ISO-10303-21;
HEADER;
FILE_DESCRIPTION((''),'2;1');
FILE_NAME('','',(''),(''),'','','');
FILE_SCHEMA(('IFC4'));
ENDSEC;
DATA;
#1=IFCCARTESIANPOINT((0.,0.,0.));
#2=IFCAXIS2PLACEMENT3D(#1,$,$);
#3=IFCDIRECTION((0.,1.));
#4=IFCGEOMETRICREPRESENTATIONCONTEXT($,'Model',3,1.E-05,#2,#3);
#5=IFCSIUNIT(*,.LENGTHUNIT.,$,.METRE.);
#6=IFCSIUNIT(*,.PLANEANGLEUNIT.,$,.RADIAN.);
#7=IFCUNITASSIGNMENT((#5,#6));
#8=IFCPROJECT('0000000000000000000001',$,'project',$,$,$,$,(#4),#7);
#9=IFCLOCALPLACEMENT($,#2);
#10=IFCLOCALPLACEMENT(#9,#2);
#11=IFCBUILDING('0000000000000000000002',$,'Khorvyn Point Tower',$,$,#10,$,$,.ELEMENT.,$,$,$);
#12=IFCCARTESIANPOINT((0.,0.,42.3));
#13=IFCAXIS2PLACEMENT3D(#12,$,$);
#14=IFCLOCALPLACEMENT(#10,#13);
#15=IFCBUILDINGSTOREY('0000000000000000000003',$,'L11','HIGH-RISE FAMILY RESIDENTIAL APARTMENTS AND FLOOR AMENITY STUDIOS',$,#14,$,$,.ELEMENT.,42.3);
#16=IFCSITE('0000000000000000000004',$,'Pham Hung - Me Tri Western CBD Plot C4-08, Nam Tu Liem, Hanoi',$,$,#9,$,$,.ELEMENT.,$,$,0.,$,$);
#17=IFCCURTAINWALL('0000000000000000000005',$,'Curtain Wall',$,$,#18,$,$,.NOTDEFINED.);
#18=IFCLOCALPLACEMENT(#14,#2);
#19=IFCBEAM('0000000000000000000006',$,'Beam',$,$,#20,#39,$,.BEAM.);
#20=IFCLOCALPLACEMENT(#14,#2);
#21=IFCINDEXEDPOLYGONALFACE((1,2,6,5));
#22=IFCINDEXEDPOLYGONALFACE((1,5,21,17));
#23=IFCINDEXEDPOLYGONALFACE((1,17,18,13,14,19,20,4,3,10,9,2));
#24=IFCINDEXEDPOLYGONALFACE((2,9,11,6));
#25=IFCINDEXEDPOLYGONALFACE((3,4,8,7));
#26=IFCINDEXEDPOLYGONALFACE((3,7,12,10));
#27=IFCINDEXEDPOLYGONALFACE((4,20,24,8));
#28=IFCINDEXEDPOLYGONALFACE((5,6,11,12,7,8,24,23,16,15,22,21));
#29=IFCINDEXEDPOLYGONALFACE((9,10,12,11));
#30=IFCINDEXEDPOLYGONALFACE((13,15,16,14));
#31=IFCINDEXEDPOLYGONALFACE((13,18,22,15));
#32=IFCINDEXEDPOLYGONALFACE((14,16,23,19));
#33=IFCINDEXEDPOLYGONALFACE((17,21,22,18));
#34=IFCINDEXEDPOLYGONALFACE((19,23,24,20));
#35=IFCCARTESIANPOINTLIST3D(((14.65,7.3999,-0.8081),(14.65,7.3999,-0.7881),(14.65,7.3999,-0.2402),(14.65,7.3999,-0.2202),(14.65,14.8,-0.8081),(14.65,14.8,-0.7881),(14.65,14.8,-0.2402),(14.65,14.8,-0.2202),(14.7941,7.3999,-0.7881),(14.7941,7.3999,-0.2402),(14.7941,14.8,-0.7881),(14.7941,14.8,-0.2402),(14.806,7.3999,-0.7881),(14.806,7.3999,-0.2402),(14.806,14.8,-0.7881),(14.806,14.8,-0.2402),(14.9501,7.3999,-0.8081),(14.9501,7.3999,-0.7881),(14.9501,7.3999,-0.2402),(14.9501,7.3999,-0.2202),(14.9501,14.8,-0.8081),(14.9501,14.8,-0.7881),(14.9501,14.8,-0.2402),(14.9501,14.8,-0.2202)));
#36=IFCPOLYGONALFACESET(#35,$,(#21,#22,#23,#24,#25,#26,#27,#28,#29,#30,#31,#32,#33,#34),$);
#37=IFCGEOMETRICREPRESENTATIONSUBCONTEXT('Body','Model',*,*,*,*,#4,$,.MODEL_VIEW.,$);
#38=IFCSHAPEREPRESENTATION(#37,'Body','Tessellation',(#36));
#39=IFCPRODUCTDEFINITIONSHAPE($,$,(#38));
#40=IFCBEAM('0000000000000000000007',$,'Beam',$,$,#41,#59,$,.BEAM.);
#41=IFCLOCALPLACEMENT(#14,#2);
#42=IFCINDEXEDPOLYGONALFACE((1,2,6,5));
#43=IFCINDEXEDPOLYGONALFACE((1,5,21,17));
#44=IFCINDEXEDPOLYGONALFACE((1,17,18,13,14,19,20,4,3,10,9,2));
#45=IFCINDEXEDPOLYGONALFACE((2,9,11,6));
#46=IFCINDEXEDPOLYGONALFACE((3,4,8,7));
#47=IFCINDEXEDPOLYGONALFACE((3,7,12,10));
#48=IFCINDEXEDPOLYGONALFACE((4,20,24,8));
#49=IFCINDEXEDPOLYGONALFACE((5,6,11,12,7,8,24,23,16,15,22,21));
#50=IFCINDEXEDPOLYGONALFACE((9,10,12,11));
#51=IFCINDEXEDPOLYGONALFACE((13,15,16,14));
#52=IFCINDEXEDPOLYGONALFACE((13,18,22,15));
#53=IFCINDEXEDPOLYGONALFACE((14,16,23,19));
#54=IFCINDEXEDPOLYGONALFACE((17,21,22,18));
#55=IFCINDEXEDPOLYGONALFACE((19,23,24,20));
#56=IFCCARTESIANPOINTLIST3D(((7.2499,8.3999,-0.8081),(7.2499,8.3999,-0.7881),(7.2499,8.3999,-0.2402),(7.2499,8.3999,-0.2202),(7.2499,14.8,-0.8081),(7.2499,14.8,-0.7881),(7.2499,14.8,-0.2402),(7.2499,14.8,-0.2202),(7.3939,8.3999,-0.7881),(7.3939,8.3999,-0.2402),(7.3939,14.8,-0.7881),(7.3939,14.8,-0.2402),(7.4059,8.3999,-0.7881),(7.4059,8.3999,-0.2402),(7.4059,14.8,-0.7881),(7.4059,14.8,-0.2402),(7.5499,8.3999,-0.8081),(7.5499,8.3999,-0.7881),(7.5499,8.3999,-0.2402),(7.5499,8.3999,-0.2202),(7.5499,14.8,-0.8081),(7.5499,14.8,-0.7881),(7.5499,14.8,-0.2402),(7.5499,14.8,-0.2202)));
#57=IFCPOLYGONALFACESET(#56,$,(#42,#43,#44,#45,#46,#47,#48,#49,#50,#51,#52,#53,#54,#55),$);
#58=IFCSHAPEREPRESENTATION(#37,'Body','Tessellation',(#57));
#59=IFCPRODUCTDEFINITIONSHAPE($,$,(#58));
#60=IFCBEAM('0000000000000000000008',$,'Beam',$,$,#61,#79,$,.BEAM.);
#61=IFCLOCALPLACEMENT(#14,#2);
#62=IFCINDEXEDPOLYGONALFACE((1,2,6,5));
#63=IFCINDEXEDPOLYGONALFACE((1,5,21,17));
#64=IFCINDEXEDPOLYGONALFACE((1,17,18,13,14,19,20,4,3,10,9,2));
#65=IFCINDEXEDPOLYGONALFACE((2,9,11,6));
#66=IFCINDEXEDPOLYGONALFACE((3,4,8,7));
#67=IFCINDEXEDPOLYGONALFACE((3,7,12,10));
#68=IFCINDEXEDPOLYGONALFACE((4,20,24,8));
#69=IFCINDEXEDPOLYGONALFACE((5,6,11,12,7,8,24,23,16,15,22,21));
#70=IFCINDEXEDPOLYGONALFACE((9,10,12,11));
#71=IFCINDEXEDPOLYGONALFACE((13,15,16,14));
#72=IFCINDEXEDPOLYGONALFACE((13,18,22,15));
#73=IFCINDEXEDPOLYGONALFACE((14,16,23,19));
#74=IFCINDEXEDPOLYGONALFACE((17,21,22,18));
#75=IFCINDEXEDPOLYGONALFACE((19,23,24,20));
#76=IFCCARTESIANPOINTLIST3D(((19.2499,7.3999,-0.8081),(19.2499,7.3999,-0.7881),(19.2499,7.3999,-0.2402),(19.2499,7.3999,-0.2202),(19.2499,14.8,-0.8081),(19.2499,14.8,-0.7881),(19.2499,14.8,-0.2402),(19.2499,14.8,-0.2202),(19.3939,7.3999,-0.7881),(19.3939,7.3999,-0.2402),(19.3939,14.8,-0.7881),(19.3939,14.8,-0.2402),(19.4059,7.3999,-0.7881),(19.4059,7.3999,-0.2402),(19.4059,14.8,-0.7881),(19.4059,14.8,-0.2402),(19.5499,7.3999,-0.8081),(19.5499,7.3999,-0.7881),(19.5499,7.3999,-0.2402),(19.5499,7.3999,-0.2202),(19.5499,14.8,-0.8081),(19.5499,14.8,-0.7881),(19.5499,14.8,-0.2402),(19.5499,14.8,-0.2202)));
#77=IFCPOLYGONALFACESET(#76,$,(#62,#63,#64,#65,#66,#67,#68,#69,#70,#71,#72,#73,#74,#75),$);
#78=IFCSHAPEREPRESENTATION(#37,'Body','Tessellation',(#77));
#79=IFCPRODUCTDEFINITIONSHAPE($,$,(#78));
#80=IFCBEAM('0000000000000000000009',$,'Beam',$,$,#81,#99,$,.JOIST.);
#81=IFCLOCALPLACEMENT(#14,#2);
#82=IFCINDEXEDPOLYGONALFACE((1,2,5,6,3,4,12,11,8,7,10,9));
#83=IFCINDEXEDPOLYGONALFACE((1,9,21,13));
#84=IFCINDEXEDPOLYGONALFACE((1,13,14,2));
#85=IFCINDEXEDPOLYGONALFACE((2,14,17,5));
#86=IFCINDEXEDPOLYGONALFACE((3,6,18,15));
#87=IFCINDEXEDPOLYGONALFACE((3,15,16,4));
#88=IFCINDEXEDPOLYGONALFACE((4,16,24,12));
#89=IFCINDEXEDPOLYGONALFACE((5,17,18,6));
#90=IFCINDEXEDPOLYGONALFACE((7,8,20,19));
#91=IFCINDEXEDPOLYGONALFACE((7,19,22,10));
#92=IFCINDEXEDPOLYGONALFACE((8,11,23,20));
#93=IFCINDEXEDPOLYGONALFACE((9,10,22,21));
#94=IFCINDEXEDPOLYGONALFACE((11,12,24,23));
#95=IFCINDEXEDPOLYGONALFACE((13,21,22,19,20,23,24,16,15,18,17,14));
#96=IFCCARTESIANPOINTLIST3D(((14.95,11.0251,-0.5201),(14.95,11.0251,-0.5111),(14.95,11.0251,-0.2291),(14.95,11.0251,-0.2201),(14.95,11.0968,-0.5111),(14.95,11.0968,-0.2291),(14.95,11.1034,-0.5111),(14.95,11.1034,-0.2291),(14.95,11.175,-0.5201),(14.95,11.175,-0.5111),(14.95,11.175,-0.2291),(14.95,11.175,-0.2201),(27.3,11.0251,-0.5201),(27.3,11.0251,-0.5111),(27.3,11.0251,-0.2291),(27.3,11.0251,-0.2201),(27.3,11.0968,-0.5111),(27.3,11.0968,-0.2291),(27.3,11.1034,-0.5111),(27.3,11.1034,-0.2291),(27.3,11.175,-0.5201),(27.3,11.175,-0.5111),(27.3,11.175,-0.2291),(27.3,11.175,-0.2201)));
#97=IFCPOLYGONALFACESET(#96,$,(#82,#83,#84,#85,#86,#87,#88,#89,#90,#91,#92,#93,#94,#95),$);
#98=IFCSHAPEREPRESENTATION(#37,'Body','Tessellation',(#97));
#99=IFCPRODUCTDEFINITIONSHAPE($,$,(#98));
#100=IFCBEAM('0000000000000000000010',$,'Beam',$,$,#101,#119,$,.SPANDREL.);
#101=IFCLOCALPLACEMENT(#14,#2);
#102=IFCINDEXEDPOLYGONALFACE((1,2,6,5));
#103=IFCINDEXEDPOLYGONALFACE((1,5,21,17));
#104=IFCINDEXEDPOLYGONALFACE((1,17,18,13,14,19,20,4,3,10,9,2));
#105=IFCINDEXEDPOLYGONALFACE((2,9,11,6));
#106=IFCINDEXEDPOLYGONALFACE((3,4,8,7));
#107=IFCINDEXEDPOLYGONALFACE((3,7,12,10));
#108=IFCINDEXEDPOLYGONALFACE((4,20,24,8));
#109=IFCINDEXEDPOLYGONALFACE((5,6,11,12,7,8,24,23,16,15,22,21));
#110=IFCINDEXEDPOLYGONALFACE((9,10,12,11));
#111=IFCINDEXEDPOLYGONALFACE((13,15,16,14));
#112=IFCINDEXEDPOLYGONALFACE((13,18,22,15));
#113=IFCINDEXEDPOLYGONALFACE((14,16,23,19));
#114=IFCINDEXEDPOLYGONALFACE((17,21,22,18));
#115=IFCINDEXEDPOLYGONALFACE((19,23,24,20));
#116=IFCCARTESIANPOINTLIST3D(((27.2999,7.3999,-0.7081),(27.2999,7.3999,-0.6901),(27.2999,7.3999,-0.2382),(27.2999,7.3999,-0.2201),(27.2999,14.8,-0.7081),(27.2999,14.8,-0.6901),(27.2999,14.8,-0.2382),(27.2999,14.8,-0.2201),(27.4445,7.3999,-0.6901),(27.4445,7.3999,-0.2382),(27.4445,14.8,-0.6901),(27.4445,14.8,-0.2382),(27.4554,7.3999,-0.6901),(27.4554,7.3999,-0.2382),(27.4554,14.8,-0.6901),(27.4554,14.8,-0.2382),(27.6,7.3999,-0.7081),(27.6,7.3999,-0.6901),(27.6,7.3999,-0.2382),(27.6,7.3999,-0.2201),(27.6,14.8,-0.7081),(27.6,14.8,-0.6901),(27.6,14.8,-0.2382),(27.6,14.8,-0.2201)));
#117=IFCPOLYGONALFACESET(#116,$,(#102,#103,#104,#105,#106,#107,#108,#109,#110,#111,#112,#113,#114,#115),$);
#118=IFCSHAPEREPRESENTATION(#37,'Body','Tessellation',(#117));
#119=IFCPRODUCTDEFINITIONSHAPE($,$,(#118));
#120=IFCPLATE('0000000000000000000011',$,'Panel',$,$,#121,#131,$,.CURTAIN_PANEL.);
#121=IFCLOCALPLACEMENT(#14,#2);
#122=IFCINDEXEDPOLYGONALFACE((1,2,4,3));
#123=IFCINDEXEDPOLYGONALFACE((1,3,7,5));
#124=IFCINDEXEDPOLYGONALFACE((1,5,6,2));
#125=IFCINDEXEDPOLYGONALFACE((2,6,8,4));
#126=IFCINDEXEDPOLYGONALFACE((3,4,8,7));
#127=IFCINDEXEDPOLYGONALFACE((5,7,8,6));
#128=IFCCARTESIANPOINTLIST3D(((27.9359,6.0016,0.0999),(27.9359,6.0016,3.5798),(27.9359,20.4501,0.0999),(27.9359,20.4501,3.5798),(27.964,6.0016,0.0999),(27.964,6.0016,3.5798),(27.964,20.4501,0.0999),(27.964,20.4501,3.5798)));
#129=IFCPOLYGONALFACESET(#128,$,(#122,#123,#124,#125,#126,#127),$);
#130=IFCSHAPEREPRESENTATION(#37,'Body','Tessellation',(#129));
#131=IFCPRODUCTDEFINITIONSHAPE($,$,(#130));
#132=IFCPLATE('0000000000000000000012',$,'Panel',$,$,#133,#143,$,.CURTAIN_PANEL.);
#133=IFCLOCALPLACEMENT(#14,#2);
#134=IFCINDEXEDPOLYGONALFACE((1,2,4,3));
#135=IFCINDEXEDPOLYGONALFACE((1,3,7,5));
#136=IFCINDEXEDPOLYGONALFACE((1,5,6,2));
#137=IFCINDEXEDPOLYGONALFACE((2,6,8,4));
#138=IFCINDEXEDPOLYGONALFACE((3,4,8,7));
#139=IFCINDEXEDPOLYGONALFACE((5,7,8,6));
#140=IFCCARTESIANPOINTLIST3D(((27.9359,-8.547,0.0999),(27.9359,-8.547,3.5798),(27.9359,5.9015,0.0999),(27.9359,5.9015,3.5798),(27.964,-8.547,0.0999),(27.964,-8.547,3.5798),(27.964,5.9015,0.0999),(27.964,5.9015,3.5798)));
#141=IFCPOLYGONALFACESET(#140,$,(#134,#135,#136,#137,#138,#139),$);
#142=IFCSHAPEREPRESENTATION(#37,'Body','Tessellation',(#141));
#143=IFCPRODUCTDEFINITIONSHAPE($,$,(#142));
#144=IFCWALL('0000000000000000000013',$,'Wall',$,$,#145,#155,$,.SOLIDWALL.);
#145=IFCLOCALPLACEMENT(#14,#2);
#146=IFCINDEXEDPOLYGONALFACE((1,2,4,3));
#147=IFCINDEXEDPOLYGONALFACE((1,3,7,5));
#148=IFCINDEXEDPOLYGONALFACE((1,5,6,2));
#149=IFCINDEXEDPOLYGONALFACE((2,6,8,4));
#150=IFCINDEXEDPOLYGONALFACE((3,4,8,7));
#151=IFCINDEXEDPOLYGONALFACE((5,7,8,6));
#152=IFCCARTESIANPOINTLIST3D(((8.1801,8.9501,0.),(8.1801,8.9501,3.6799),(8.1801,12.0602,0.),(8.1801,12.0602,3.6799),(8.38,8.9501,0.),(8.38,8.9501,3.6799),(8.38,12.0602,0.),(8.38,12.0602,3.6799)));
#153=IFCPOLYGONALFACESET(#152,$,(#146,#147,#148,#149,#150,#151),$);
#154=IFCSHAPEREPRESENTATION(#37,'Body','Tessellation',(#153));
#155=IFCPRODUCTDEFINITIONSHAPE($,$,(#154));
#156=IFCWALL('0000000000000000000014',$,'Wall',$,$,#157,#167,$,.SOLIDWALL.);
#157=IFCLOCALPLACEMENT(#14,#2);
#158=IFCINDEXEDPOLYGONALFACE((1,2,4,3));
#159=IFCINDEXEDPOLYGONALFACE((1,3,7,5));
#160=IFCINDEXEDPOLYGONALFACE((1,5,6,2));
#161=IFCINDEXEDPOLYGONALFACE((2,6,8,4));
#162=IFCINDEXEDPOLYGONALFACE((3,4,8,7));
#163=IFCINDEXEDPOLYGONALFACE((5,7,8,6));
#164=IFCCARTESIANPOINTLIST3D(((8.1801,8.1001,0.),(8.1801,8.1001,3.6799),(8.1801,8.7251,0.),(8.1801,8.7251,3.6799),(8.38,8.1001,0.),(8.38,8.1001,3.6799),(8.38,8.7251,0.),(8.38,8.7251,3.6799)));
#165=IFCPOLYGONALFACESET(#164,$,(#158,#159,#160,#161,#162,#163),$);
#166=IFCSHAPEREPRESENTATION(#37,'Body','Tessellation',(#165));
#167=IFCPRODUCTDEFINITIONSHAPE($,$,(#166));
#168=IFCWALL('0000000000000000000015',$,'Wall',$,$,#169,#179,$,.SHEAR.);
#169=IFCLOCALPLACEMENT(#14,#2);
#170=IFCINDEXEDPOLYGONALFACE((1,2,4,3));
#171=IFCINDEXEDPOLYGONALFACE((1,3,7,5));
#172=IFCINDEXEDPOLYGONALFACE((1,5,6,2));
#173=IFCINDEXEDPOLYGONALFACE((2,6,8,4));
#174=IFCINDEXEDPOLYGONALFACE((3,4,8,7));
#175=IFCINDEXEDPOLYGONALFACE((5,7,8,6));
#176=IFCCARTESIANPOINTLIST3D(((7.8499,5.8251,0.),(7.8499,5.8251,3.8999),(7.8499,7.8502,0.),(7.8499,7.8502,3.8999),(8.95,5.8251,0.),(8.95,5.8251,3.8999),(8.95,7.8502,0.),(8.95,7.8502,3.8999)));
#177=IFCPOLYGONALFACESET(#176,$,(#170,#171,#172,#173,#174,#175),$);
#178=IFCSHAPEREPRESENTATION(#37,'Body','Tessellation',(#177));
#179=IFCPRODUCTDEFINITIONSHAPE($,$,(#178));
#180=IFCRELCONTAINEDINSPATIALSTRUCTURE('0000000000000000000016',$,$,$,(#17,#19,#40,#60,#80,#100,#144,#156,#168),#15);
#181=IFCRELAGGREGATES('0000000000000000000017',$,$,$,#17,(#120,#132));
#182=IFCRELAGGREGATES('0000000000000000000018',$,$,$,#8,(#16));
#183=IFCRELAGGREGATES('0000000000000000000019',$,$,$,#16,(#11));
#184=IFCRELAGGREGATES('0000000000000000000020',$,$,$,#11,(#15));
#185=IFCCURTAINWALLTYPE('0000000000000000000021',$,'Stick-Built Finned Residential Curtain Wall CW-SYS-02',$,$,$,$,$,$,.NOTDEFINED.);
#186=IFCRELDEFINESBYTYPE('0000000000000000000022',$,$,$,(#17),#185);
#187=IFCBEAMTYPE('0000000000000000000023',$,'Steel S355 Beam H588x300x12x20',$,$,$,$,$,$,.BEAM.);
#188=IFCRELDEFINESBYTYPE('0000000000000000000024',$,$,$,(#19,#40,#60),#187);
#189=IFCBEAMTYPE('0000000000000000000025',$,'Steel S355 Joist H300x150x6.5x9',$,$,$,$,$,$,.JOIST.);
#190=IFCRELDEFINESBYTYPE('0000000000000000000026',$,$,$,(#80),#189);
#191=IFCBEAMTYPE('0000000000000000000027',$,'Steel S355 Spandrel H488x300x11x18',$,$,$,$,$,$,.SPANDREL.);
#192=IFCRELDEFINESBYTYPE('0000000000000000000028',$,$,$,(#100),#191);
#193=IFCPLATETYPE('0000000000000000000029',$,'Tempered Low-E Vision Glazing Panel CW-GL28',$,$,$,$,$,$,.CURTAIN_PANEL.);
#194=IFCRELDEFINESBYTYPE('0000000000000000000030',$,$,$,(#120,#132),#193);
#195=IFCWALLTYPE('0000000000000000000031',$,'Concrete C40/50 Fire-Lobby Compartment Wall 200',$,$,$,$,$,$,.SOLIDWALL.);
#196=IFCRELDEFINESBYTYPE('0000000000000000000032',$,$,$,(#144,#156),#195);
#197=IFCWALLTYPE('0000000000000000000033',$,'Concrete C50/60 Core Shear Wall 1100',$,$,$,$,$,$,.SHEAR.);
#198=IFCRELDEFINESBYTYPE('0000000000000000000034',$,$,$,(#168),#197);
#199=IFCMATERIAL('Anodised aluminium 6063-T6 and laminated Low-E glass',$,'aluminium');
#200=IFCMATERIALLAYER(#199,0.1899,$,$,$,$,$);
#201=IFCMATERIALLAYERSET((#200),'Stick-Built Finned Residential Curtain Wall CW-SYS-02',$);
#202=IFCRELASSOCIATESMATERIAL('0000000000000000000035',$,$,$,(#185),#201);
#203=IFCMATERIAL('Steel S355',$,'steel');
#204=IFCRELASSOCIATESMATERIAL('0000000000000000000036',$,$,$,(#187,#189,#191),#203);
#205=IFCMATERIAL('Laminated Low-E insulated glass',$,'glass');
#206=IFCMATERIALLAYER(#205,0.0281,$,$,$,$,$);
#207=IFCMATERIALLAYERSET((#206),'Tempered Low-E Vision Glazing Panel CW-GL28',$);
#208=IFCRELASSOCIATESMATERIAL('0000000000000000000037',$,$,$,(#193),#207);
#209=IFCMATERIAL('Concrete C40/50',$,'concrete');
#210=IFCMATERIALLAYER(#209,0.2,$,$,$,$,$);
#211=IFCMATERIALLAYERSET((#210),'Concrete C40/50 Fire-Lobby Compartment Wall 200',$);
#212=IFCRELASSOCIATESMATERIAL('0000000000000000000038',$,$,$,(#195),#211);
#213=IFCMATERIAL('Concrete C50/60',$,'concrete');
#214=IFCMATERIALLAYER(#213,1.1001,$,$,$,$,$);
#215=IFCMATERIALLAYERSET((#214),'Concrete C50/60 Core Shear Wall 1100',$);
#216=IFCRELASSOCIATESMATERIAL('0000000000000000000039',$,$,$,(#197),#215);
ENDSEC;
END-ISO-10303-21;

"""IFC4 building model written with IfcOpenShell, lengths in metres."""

from ifc_helpers import new_model, si_unit, direction, frame, frame_2d, origin, origin_2d, place, context, subcontext, project, spatial, rectangle, i_section, extrude, material, layer, layer_set, material_profile, profile_set, type_object, element, aggregate, save


model = new_model("IFC4")

# Units and contexts
model_context = context("Model", 3, precision=1e-05, world=origin(), true_north=direction((0.0, 1.0)))
body_context = subcontext(model_context, "Body", "Model", "MODEL_VIEW")
ifc_project = project(units=[si_unit("LENGTHUNIT", "METRE"), si_unit("PLANEANGLEUNIT", "RADIAN")], contexts=[model_context])

# Site, building, storey
site_placement = place(None, origin())
site = spatial("IfcSite", under=ifc_project, at=site_placement, Name="Pham Hung - Me Tri Western CBD Plot C4-08, Nam Tu Liem, Hanoi", CompositionType="ELEMENT", RefElevation=0.0)
building_placement = place(site_placement, origin())
building = spatial("IfcBuilding", under=site, at=building_placement, Name="Khorvyn Point Tower", CompositionType="ELEMENT")
storey_placement = place(building_placement, frame((0.0, 0.0, 42.3)))
storey = spatial("IfcBuildingStorey", under=building, at=storey_placement, Name="L11", Description="HIGH-RISE FAMILY RESIDENTIAL APARTMENTS AND FLOOR AMENITY STUDIOS", CompositionType="ELEMENT", Elevation=42.3)

# Shared definitions
ifc_material_1 = material(Name="Concrete C50/60", Category="concrete")

# Curtain wall
ifc_material_2 = material(Name="Anodised aluminium 6063-T6 and laminated Low-E glass", Category="aluminium")
ifc_layer_1 = layer(ifc_material_2, 0.1899)
ifc_layer_set_1 = layer_set([ifc_layer_1], Name="Stick-Built Finned Residential Curtain Wall CW-SYS-02")
curtain_wall_type = type_object("IfcCurtainWallType", Name="Stick-Built Finned Residential Curtain Wall CW-SYS-02", PredefinedType="NOTDEFINED", material=ifc_layer_set_1)
curtain_wall_placement = place(storey_placement, origin())
curtain_wall = element("IfcCurtainWall", 1, at=curtain_wall_placement, inside=storey, type_object=curtain_wall_type, Name="Curtain Wall", PredefinedType="NOTDEFINED")

# Beams
ifc_material_3 = material(Name="Steel S355", Category="steel")
ifc_material_profile_1 = material_profile(ifc_material_3, i_section(OverallWidth=0.3, OverallDepth=0.5879, WebThickness=0.012, FlangeThickness=0.02, at=origin_2d()))
ifc_profile_set_1 = profile_set([ifc_material_profile_1], Name="Steel S355 H588x300x12x20")
beam_type_1 = type_object("IfcBeamType", Name="Steel S355 Beam H588x300x12x20", PredefinedType="BEAM", material=ifc_profile_set_1)
beam_1_placement = place(storey_placement, frame((14.8, 7.3999, -0.5142), z_axis=(0.0, 1.0, 0.0), x_axis=(-1.0, 0.0, 0.0)))
element("IfcBeam", 2, at=beam_1_placement, inside=storey, type_object=beam_type_1, Name="Beam", PredefinedType="BEAM", context=body_context, shape_type="SweptSolid", body=[
    extrude(i_section(OverallWidth=0.3, OverallDepth=0.5879, WebThickness=0.012, FlangeThickness=0.02, at=origin_2d()), origin(), (0.0, 0.0, 1.0), 7.4001),
])
beam_2_placement = place(storey_placement, frame((7.3999, 8.3999, -0.5142), z_axis=(0.0, 1.0, 0.0), x_axis=(-1.0, 0.0, 0.0)))
element("IfcBeam", 3, at=beam_2_placement, inside=storey, type_object=beam_type_1, Name="Beam", PredefinedType="BEAM", context=body_context, shape_type="SweptSolid", body=[
    extrude(i_section(OverallWidth=0.3, OverallDepth=0.5879, WebThickness=0.012, FlangeThickness=0.02, at=origin_2d()), origin(), (0.0, 0.0, 1.0), 6.4001),
])
beam_3_placement = place(storey_placement, frame((19.3999, 7.3999, -0.5142), z_axis=(0.0, 1.0, 0.0), x_axis=(-1.0, 0.0, 0.0)))
element("IfcBeam", 4, at=beam_3_placement, inside=storey, type_object=beam_type_1, Name="Beam", PredefinedType="BEAM", context=body_context, shape_type="SweptSolid", body=[
    extrude(i_section(OverallWidth=0.3, OverallDepth=0.5879, WebThickness=0.012, FlangeThickness=0.02, at=origin_2d()), origin(), (0.0, 0.0, 1.0), 7.4001),
])
ifc_material_profile_2 = material_profile(ifc_material_3, i_section(OverallWidth=0.1499, OverallDepth=0.3, WebThickness=0.0066, FlangeThickness=0.009, at=origin_2d()))
ifc_profile_set_2 = profile_set([ifc_material_profile_2], Name="Steel S355 H300x150x6.5x9")
beam_type_2 = type_object("IfcBeamType", Name="Steel S355 Joist H300x150x6.5x9", PredefinedType="JOIST", material=ifc_profile_set_2)
beam_4_placement = place(storey_placement, frame((14.95, 11.1001, -0.3701), z_axis=(1.0, 0.0, 0.0), x_axis=(0.0, 1.0, 0.0)))
element("IfcBeam", 5, at=beam_4_placement, inside=storey, type_object=beam_type_2, Name="Beam", PredefinedType="JOIST", context=body_context, shape_type="SweptSolid", body=[
    extrude(i_section(OverallWidth=0.1499, OverallDepth=0.3, WebThickness=0.0066, FlangeThickness=0.009, at=origin_2d()), origin(), (0.0, 0.0, 1.0), 12.3501),
])
ifc_material_profile_3 = material_profile(ifc_material_3, i_section(OverallWidth=0.3, OverallDepth=0.488, WebThickness=0.011, FlangeThickness=0.0181, at=origin_2d()))
ifc_profile_set_3 = profile_set([ifc_material_profile_3], Name="Steel S355 H488x300x11x18")
beam_type_3 = type_object("IfcBeamType", Name="Steel S355 Spandrel H488x300x11x18", PredefinedType="SPANDREL", material=ifc_profile_set_3)
beam_5_placement = place(storey_placement, frame((27.45, 7.3999, -0.4641), z_axis=(0.0, 1.0, 0.0), x_axis=(-1.0, 0.0, 0.0)))
element("IfcBeam", 6, at=beam_5_placement, inside=storey, type_object=beam_type_3, Name="Beam", PredefinedType="SPANDREL", context=body_context, shape_type="SweptSolid", body=[
    extrude(i_section(OverallWidth=0.3, OverallDepth=0.488, WebThickness=0.011, FlangeThickness=0.0181, at=origin_2d()), origin(), (0.0, 0.0, 1.0), 7.4001),
])

# Plates
ifc_material_4 = material(Name="Laminated Low-E insulated glass", Category="glass")
ifc_layer_2 = layer(ifc_material_4, 0.0281)
ifc_layer_set_2 = layer_set([ifc_layer_2], Name="Tempered Low-E Vision Glazing Panel CW-GL28")
plate_type = type_object("IfcPlateType", Name="Tempered Low-E Vision Glazing Panel CW-GL28", PredefinedType="CURTAIN_PANEL", material=ifc_layer_set_2)
plate_1_placement = place(storey_placement, frame((27.95, 13.2258, 0.0999), z_axis=(0.0, 0.0, 1.0), x_axis=(0.0, -1.0, 0.0)))
plate_1 = element("IfcPlate", 7, at=plate_1_placement, type_object=plate_type, Name="Panel", PredefinedType="CURTAIN_PANEL", context=body_context, shape_type="SweptSolid", body=[
    extrude(rectangle(XDim=14.4485, YDim=0.0281, at=origin_2d()), origin(), (0.0, 0.0, 1.0), 3.48),
])
plate_2_placement = place(storey_placement, frame((27.95, -1.3228, 0.0999), z_axis=(0.0, 0.0, 1.0), x_axis=(0.0, -1.0, 0.0)))
plate_2 = element("IfcPlate", 8, at=plate_2_placement, type_object=plate_type, Name="Panel", PredefinedType="CURTAIN_PANEL", context=body_context, shape_type="SweptSolid", body=[
    extrude(rectangle(XDim=14.4485, YDim=0.0281, at=origin_2d()), origin(), (0.0, 0.0, 1.0), 3.48),
])
aggregate(curtain_wall, [plate_1, plate_2])

# Walls
ifc_material_5 = material(Name="Concrete C40/50", Category="concrete")
ifc_layer_3 = layer(ifc_material_5, 0.2)
ifc_layer_set_3 = layer_set([ifc_layer_3], Name="Concrete C40/50 Fire-Lobby Compartment Wall 200")
wall_type_1 = type_object("IfcWallType", Name="Concrete C40/50 Fire-Lobby Compartment Wall 200", PredefinedType="SOLIDWALL", material=ifc_layer_set_3)
wall_1_placement = place(storey_placement, frame((8.28, 8.95, 0.0), z_axis=(0.0, 0.0, 1.0), x_axis=(0.0, 1.0, 0.0)))
element("IfcWall", 9, at=wall_1_placement, inside=storey, type_object=wall_type_1, Name="Wall", PredefinedType="SOLIDWALL", context=body_context, shape_type="SweptSolid", body=[
    extrude(rectangle(XDim=3.1101, YDim=0.2, at=frame_2d((1.5552, 0.0))), origin(), (0.0, 0.0, 1.0), 3.6799),
])
wall_2_placement = place(storey_placement, frame((8.28, 8.1001, 0.0), z_axis=(0.0, 0.0, 1.0), x_axis=(0.0, 1.0, 0.0)))
element("IfcWall", 10, at=wall_2_placement, inside=storey, type_object=wall_type_1, Name="Wall", PredefinedType="SOLIDWALL", context=body_context, shape_type="SweptSolid", body=[
    extrude(rectangle(XDim=0.625, YDim=0.2, at=frame_2d((0.3125, 0.0))), origin(), (0.0, 0.0, 1.0), 3.6799),
])
ifc_layer_4 = layer(ifc_material_1, 1.1001)
ifc_layer_set_4 = layer_set([ifc_layer_4], Name="Concrete C50/60 Core Shear Wall 1100")
wall_type_2 = type_object("IfcWallType", Name="Concrete C50/60 Core Shear Wall 1100", PredefinedType="SHEAR", material=ifc_layer_set_4)
wall_3_placement = place(storey_placement, frame((8.3999, 5.825, 0.0), z_axis=(0.0, 0.0, 1.0), x_axis=(0.0, 1.0, 0.0)))
element("IfcWall", 11, at=wall_3_placement, inside=storey, type_object=wall_type_2, Name="Wall", PredefinedType="SHEAR", context=body_context, shape_type="SweptSolid", body=[
    extrude(rectangle(XDim=2.0251, YDim=1.1001, at=frame_2d((1.0127, 0.0))), origin(), (0.0, 0.0, 1.0), 3.8999),
])

save(model, "model.ifc")
